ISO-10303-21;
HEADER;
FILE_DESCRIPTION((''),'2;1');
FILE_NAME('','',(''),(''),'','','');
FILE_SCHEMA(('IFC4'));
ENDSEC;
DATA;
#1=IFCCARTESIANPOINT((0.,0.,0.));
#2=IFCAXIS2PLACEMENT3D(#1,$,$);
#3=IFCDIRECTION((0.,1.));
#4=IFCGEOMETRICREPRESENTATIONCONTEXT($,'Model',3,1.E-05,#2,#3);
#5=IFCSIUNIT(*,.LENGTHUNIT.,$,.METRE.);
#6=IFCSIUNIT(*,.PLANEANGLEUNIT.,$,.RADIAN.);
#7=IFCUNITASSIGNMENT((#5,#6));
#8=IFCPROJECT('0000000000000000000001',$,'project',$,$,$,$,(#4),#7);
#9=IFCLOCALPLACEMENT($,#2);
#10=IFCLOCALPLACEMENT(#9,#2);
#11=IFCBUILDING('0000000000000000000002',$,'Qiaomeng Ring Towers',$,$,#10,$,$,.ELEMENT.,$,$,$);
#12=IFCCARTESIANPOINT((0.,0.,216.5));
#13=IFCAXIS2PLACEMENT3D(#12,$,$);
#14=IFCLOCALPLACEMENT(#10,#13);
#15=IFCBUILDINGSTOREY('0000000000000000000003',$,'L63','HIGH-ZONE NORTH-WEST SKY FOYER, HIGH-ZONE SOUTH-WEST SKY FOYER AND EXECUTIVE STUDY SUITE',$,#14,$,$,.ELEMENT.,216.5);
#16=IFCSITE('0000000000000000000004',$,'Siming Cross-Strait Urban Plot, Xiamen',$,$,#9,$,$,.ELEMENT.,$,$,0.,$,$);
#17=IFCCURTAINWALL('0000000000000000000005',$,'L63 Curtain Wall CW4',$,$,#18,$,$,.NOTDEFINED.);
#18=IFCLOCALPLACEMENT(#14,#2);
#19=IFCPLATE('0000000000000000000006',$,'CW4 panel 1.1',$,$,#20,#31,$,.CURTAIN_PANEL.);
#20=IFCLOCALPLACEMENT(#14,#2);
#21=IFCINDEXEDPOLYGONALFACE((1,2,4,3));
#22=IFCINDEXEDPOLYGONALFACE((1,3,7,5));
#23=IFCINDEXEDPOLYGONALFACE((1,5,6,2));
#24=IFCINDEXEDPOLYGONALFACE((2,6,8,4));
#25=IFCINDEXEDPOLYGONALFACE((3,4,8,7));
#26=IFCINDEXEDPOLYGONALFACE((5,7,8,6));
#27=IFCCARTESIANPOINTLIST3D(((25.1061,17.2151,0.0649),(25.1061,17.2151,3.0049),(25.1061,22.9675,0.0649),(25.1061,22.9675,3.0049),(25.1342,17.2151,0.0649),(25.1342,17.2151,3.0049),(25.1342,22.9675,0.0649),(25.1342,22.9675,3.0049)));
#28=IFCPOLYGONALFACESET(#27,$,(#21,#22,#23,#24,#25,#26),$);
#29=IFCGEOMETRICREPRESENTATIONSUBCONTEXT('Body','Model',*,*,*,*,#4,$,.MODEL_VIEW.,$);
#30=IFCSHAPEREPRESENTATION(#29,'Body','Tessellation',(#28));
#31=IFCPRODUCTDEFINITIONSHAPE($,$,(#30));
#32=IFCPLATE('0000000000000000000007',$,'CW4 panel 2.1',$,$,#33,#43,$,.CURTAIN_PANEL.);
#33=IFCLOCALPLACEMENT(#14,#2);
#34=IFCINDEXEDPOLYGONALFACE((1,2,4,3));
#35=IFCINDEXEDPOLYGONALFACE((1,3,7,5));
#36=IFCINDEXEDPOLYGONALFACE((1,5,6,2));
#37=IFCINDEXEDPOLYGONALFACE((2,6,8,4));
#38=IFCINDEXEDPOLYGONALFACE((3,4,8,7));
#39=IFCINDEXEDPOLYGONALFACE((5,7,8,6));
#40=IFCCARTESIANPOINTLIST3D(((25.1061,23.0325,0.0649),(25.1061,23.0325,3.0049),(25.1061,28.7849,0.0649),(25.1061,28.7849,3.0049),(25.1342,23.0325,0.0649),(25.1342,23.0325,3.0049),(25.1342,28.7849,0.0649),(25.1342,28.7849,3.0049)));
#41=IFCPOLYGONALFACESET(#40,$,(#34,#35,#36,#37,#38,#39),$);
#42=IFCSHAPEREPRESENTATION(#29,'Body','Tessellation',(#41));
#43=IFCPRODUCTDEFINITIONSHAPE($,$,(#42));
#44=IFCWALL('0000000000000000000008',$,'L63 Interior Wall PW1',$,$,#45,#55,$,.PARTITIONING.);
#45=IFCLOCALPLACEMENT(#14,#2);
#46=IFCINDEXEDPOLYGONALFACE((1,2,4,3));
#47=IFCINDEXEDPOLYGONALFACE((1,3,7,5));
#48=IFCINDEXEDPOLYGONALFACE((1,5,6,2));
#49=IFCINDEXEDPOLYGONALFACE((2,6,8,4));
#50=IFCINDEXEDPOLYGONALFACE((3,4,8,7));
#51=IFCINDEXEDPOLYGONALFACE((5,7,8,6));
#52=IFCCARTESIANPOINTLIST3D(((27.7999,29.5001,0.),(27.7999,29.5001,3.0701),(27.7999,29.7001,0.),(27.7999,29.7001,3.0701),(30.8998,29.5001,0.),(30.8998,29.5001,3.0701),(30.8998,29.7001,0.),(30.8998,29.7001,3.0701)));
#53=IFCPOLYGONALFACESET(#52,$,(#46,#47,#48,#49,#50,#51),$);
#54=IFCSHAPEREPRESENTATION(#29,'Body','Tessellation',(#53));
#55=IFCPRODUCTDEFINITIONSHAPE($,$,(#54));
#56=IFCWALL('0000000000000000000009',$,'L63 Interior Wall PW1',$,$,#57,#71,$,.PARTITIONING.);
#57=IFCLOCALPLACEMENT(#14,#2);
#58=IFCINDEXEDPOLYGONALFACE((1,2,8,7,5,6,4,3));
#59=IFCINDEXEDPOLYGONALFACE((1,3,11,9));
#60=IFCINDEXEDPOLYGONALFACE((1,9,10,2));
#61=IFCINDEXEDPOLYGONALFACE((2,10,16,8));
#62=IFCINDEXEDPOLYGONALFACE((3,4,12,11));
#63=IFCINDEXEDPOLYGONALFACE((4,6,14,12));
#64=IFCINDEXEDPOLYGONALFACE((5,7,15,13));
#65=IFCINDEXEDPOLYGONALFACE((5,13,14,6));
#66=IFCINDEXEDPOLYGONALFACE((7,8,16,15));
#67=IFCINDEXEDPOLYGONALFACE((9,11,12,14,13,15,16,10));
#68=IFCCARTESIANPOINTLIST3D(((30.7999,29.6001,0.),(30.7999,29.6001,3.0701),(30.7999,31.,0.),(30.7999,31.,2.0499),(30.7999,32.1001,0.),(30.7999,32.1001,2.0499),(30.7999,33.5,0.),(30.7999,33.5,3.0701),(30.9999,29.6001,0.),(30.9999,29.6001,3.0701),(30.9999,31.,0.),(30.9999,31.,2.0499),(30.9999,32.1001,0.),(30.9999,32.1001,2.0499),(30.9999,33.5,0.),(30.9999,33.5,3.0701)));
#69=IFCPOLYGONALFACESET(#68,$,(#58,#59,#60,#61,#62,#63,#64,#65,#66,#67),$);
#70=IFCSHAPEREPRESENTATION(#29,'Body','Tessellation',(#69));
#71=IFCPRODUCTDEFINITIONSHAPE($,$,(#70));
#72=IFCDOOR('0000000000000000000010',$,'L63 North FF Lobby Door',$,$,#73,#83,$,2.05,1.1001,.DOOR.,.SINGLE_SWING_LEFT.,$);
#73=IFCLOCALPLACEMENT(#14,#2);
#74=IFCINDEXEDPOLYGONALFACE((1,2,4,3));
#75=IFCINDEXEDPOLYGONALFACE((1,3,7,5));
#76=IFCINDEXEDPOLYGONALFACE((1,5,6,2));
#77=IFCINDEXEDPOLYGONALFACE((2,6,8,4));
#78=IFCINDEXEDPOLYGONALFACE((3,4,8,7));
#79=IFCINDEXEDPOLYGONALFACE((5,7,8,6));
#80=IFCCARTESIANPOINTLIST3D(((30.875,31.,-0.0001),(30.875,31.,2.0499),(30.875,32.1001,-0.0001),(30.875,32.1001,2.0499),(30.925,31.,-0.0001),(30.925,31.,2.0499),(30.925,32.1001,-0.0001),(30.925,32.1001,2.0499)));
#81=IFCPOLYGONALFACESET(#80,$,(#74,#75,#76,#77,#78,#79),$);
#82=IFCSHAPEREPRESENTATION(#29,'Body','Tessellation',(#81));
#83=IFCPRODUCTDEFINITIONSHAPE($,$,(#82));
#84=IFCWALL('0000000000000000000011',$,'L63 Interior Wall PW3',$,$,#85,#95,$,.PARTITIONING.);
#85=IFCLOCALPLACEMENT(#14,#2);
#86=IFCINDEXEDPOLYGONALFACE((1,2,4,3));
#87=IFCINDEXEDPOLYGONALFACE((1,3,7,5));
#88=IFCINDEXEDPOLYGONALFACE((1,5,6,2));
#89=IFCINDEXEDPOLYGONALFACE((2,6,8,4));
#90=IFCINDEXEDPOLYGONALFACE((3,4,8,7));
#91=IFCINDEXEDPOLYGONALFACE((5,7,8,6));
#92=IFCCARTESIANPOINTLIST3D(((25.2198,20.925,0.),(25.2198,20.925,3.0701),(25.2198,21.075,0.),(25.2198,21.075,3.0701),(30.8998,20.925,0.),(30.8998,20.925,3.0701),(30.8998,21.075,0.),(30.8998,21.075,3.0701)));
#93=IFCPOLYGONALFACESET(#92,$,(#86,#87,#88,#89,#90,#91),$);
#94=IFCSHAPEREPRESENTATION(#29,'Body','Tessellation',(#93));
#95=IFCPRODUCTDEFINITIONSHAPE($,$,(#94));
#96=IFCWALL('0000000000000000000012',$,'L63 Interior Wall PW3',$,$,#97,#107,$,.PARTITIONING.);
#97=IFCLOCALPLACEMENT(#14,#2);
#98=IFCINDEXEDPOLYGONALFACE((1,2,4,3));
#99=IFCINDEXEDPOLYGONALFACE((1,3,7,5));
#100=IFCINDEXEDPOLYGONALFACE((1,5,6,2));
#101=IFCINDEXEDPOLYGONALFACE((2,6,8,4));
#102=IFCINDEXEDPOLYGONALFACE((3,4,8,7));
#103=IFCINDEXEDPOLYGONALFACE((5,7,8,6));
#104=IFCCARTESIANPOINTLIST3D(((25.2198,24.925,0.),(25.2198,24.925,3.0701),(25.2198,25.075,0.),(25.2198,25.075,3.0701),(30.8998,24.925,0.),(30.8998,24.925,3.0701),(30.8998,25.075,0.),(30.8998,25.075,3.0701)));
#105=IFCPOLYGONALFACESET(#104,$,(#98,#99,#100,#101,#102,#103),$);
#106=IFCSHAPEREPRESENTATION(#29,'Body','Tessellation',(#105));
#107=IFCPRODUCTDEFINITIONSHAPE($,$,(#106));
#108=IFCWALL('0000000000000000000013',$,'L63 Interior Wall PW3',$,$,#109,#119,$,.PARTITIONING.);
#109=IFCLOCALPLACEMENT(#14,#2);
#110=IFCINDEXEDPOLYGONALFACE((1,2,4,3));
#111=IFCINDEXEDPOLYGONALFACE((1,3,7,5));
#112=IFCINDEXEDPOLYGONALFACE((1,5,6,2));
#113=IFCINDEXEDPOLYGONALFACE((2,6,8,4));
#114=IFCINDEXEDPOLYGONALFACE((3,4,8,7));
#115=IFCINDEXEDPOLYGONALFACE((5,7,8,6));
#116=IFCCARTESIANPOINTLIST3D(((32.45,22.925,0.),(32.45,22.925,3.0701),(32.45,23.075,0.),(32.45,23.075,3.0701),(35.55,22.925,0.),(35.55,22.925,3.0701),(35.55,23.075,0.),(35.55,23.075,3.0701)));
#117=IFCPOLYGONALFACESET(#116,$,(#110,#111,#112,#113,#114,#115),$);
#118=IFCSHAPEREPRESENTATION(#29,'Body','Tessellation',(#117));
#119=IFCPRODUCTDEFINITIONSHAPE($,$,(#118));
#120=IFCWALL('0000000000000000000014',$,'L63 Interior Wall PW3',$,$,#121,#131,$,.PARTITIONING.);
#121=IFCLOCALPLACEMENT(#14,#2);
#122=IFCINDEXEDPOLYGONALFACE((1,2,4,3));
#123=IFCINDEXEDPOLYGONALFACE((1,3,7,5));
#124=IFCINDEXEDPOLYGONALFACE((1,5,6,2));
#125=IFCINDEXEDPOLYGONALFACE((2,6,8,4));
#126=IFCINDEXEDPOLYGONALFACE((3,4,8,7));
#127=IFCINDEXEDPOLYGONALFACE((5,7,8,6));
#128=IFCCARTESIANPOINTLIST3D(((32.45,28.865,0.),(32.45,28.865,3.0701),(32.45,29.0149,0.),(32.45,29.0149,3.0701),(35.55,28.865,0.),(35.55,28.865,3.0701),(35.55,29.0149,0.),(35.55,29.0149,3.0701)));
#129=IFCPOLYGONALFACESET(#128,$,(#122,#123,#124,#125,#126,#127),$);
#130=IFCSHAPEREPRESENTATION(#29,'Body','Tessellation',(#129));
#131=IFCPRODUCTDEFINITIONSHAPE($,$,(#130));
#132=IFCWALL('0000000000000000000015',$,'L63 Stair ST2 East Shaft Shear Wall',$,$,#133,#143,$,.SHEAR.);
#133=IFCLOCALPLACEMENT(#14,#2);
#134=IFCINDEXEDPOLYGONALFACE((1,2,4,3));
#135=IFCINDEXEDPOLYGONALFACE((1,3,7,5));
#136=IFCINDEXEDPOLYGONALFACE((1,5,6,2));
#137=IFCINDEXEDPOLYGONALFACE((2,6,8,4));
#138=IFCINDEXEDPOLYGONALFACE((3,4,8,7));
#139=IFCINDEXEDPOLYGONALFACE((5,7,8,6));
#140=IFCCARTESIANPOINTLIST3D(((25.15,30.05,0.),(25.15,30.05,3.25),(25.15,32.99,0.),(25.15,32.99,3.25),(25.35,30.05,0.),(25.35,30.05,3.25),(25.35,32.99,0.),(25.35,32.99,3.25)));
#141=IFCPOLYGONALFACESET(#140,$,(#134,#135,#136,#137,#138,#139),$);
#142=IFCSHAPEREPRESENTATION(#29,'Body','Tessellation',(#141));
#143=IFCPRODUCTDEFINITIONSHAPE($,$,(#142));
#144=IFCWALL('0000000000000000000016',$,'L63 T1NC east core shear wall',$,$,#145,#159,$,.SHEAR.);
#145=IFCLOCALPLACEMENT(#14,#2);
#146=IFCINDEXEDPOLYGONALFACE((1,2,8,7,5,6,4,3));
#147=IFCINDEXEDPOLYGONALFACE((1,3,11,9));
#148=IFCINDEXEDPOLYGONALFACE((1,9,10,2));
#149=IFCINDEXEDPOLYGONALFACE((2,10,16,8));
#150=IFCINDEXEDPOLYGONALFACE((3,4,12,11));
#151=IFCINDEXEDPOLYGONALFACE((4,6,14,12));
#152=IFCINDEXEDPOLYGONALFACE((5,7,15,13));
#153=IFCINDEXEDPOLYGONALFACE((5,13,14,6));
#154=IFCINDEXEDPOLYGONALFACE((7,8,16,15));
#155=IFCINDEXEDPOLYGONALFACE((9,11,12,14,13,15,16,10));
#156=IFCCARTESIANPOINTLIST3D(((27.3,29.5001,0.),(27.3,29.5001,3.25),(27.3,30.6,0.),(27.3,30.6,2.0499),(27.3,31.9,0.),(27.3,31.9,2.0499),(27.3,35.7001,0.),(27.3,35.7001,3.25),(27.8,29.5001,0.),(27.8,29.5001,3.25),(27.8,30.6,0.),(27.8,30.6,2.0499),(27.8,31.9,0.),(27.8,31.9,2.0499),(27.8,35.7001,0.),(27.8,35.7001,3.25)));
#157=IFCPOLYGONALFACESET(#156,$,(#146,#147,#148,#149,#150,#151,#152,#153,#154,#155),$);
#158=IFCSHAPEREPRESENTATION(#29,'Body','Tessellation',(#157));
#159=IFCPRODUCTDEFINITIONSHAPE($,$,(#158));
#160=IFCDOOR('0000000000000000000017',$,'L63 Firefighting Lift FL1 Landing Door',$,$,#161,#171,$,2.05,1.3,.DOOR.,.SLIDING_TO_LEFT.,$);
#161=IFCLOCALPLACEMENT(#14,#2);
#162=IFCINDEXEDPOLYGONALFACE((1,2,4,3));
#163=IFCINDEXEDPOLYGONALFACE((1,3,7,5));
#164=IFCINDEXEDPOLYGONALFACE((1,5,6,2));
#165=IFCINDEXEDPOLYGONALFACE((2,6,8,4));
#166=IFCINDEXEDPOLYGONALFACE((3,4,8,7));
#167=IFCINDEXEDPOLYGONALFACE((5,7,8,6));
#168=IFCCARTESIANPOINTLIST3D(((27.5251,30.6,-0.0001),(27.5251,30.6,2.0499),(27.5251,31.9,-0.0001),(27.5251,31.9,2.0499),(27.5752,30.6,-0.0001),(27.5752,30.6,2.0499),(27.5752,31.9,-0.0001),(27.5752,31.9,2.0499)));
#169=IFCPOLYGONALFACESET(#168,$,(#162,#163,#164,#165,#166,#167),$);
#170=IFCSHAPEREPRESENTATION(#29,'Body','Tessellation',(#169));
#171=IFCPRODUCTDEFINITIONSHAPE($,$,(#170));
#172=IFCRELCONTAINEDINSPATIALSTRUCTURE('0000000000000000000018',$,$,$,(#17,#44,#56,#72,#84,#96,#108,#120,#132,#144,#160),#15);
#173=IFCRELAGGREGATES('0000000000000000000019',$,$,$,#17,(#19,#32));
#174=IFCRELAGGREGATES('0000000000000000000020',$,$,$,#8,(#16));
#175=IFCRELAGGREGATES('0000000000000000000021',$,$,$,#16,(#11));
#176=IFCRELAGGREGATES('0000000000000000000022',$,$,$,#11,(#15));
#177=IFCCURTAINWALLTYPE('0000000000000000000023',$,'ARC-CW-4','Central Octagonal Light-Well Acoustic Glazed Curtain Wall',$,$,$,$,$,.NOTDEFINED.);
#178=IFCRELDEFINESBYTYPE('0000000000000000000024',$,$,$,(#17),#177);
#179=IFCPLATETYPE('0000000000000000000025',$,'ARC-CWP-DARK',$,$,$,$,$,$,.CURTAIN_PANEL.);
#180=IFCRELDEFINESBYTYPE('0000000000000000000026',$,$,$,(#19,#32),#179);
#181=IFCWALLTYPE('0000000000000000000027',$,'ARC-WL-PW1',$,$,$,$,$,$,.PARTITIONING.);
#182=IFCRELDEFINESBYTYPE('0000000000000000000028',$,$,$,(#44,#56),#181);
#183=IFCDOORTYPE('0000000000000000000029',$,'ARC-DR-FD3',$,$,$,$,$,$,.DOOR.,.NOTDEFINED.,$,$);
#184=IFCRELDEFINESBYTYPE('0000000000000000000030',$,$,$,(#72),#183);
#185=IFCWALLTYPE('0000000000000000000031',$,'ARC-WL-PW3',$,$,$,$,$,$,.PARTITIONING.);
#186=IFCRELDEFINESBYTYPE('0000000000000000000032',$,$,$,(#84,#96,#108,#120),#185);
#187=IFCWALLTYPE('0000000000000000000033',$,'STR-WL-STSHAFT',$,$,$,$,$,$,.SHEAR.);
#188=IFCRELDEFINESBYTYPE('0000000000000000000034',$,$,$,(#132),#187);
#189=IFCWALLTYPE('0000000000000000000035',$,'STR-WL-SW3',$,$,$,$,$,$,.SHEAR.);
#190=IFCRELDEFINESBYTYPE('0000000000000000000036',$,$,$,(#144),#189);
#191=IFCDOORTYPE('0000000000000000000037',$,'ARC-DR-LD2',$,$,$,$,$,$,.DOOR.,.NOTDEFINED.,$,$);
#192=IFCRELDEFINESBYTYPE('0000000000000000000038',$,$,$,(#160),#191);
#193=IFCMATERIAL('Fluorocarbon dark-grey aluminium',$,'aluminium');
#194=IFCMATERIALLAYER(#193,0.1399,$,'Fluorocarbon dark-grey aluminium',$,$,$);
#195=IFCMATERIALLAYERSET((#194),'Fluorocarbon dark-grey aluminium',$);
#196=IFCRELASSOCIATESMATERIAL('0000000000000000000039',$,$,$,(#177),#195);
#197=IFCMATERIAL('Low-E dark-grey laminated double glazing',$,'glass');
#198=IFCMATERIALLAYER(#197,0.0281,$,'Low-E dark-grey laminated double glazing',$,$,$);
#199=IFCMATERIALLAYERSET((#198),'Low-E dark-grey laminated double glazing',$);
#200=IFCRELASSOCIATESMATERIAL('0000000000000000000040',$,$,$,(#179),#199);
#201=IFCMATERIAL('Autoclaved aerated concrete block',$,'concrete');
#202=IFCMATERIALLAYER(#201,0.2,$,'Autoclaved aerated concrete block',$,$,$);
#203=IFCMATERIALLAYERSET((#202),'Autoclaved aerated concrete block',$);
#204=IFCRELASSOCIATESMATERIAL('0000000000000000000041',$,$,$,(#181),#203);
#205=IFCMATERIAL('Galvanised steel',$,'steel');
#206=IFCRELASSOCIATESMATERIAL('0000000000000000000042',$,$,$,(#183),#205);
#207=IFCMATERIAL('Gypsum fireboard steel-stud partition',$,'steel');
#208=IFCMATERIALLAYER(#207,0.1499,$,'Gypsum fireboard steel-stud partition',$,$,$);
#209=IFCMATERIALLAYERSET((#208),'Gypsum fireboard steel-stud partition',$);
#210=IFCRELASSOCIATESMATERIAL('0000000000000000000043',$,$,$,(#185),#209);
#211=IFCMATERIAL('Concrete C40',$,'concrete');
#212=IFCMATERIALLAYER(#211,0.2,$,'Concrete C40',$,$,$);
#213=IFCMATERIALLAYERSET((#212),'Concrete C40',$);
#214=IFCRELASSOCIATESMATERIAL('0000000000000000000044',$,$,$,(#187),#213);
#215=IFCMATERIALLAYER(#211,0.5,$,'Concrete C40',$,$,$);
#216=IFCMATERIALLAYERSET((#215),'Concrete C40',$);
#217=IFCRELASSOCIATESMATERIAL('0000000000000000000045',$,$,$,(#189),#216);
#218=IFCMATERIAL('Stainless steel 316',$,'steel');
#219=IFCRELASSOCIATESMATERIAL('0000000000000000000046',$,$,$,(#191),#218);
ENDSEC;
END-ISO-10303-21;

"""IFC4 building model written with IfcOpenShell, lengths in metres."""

from ifc_helpers import new_model, si_unit, direction, frame, frame_2d, origin, origin_2d, place, context, subcontext, project, spatial, rectangle, extrude, source, transform, mapped, material, layer, layer_set, type_object, element, fill, aggregate, save


model = new_model("IFC4")

# Units and contexts
model_context = context("Model", 3, precision=1e-05, world=origin(), true_north=direction((0.0, 1.0)))
body_context = subcontext(model_context, "Body", "Model", "MODEL_VIEW")
ifc_project = project(units=[si_unit("LENGTHUNIT", "METRE"), si_unit("PLANEANGLEUNIT", "RADIAN")], contexts=[model_context])

# Site, building, storey
site_placement = place(None, origin())
site = spatial("IfcSite", under=ifc_project, at=site_placement, Name="Siming Cross-Strait Urban Plot, Xiamen", CompositionType="ELEMENT", RefElevation=0.0)
building_placement = place(site_placement, origin())
building = spatial("IfcBuilding", under=site, at=building_placement, Name="Qiaomeng Ring Towers", CompositionType="ELEMENT")
storey_placement = place(building_placement, frame((0.0, 0.0, 216.5)))
storey = spatial("IfcBuildingStorey", under=building, at=storey_placement, Name="L63", Description="HIGH-ZONE NORTH-WEST SKY FOYER, HIGH-ZONE SOUTH-WEST SKY FOYER AND EXECUTIVE STUDY SUITE", CompositionType="ELEMENT", Elevation=216.5)

# Shared definitions
ifc_material_1 = material(Name="Concrete C40", Category="concrete")

# Curtain wall
ifc_material_2 = material(Name="Fluorocarbon dark-grey aluminium", Category="aluminium")
ifc_layer_1 = layer(ifc_material_2, 0.1399, Name="Fluorocarbon dark-grey aluminium")
ifc_layer_set_1 = layer_set([ifc_layer_1], Name="Fluorocarbon dark-grey aluminium")
curtain_wall_type = type_object("IfcCurtainWallType", Name="ARC-CW-4", Description="Central Octagonal Light-Well Acoustic Glazed Curtain Wall", PredefinedType="NOTDEFINED", material=ifc_layer_set_1)
curtain_wall_placement = place(storey_placement, origin())
curtain_wall = element("IfcCurtainWall", 1, at=curtain_wall_placement, inside=storey, type_object=curtain_wall_type, Name="L63 Curtain Wall CW4", PredefinedType="NOTDEFINED")

# Shared definitions
ifc_material_3 = material(Name="Stainless steel 316", Category="steel")

# Plates
ifc_material_4 = material(Name="Low-E dark-grey laminated double glazing", Category="glass")
ifc_layer_2 = layer(ifc_material_4, 0.0281, Name="Low-E dark-grey laminated double glazing")
ifc_layer_set_2 = layer_set([ifc_layer_2], Name="Low-E dark-grey laminated double glazing")
plate_type = type_object("IfcPlateType", Name="ARC-CWP-DARK", PredefinedType="CURTAIN_PANEL", material=ifc_layer_set_2)
shared_shape_1 = source(origin(), body_context, "Body", "SweptSolid", [
    extrude(rectangle(XDim=5.7524, YDim=0.0281, at=origin_2d()), origin(), (0.0, 0.0, 1.0), 2.9399),
])
plate_1_placement = place(storey_placement, frame((25.1201, 20.0913, 0.0649), z_axis=(0.0, 0.0, 1.0), x_axis=(0.0, 1.0, 0.0)))
plate_1 = element("IfcPlate", 2, at=plate_1_placement, type_object=plate_type, Name="CW4 panel 1.1", PredefinedType="CURTAIN_PANEL", context=body_context, shape_type="MappedRepresentation", body=[
    mapped(shared_shape_1, transform((0.0, 0.0, 0.0), x_axis=(1.0, 0.0, 0.0), y_axis=(0.0, 1.0, 0.0), z_axis=(0.0, 0.0, 1.0), scale=1.0)),
])
plate_2_placement = place(storey_placement, frame((25.1201, 25.9087, 0.0649), z_axis=(0.0, 0.0, 1.0), x_axis=(0.0, 1.0, 0.0)))
plate_2 = element("IfcPlate", 3, at=plate_2_placement, type_object=plate_type, Name="CW4 panel 2.1", PredefinedType="CURTAIN_PANEL", context=body_context, shape_type="MappedRepresentation", body=[
    mapped(shared_shape_1, transform((0.0, 0.0, 0.0), x_axis=(1.0, 0.0, 0.0), y_axis=(0.0, 1.0, 0.0), z_axis=(0.0, 0.0, 1.0), scale=1.0)),
])
aggregate(curtain_wall, [plate_1, plate_2])

# Wall
ifc_material_5 = material(Name="Autoclaved aerated concrete block", Category="concrete")
ifc_layer_3 = layer(ifc_material_5, 0.2, Name="Autoclaved aerated concrete block")
ifc_layer_set_3 = layer_set([ifc_layer_3], Name="Autoclaved aerated concrete block")
wall_type_1 = type_object("IfcWallType", Name="ARC-WL-PW1", PredefinedType="PARTITIONING", material=ifc_layer_set_3)
wall_1_placement = place(storey_placement, frame((27.8, 29.6001, 0.0), z_axis=(0.0, 0.0, 1.0), x_axis=(1.0, 0.0, 0.0)))
element("IfcWall", 4, at=wall_1_placement, inside=storey, type_object=wall_type_1, Name="L63 Interior Wall PW1", PredefinedType="PARTITIONING", context=body_context, shape_type="SweptSolid", body=[
    extrude(rectangle(XDim=3.0999, YDim=0.2, at=frame_2d((1.5498, 0.0))), origin(), (0.0, 0.0, 1.0), 3.0701),
])

# Wall, opening, door
wall_2_placement = place(storey_placement, frame((30.8999, 29.6001, 0.0), z_axis=(0.0, 0.0, 1.0), x_axis=(0.0, 1.0, 0.0)))
wall_2 = element("IfcWall", 5, at=wall_2_placement, inside=storey, type_object=wall_type_1, Name="L63 Interior Wall PW1", PredefinedType="PARTITIONING", context=body_context, shape_type="SweptSolid", body=[
    extrude(rectangle(XDim=3.8999, YDim=0.2, at=frame_2d((1.95, 0.0))), origin(), (0.0, 0.0, 1.0), 3.0701),
])
opening_1_placement = place(wall_2_placement, frame((1.3999, 0.0, 0.0)))
opening_1 = element("IfcOpeningElement", 6, at=opening_1_placement, cuts=wall_2, PredefinedType="OPENING", context=body_context, shape_type="SweptSolid", body=[
    extrude(rectangle(XDim=1.1001, YDim=2.05, at=frame_2d((0.55, 1.0249))), frame((0.0, 0.1099, 0.0), z_axis=(0.0, -1.0, 0.0), x_axis=(1.0, 0.0, 0.0)), (0.0, 0.0, 1.0), 0.22),
])
ifc_material_6 = material(Name="Galvanised steel", Category="steel")
door_type_1 = type_object("IfcDoorType", Name="ARC-DR-FD3", OperationType="NOTDEFINED", PredefinedType="DOOR", material=ifc_material_6)
shared_shape_2 = source(origin(), body_context, "Body", "SweptSolid", [
    extrude(rectangle(XDim=1.1001, YDim=2.05, at=frame_2d((0.55, 1.0249))), frame((0.0, 0.0249, 0.0), z_axis=(0.0, -1.0, 0.0), x_axis=(1.0, 0.0, 0.0)), (0.0, 0.0, 1.0), 0.05),
])
door_1_placement = place(opening_1_placement, origin())
door_1 = element("IfcDoor", 7, at=door_1_placement, inside=storey, type_object=door_type_1, Name="L63 North FF Lobby Door", OperationType="SINGLE_SWING_LEFT", OverallHeight=2.05, OverallWidth=1.1001, PredefinedType="DOOR", context=body_context, shape_type="MappedRepresentation", body=[
    mapped(shared_shape_2, transform((0.0, 0.0, 0.0), x_axis=(1.0, 0.0, 0.0), y_axis=(0.0, 1.0, 0.0), z_axis=(0.0, 0.0, 1.0), scale=1.0)),
])
fill(opening_1, door_1)

# Walls
ifc_material_7 = material(Name="Gypsum fireboard steel-stud partition", Category="steel")
ifc_layer_4 = layer(ifc_material_7, 0.1499, Name="Gypsum fireboard steel-stud partition")
ifc_layer_set_4 = layer_set([ifc_layer_4], Name="Gypsum fireboard steel-stud partition")
wall_type_2 = type_object("IfcWallType", Name="ARC-WL-PW3", PredefinedType="PARTITIONING", material=ifc_layer_set_4)
for number, where, z_axis, x_axis, name in (
    (8, (25.22, 21.0, 0.0), (0.0, 0.0, 1.0), (1.0, 0.0, 0.0), "L63 Interior Wall PW3"),
    (9, (25.22, 25.0, 0.0), (0.0, 0.0, 1.0), (1.0, 0.0, 0.0), "L63 Interior Wall PW3"),
):
    element("IfcWall", number, at=place(storey_placement, frame(where, z_axis=z_axis, x_axis=x_axis)), inside=storey, type_object=wall_type_2, Name=name, PredefinedType="PARTITIONING", context=body_context, shape_type="SweptSolid", body=[
        extrude(rectangle(XDim=5.6799, YDim=0.1499, at=frame_2d((2.8398, 0.0))), origin(), (0.0, 0.0, 1.0), 3.0701),
    ])
for number, where, z_axis, x_axis, name in (
    (10, (32.45, 23.0, 0.0), (0.0, 0.0, 1.0), (1.0, 0.0, 0.0), "L63 Interior Wall PW3"),
    (11, (32.45, 28.9399, 0.0), (0.0, 0.0, 1.0), (1.0, 0.0, 0.0), "L63 Interior Wall PW3"),
):
    element("IfcWall", number, at=place(storey_placement, frame(where, z_axis=z_axis, x_axis=x_axis)), inside=storey, type_object=wall_type_2, Name=name, PredefinedType="PARTITIONING", context=body_context, shape_type="SweptSolid", body=[
        extrude(rectangle(XDim=3.1001, YDim=0.1499, at=frame_2d((1.55, 0.0))), origin(), (0.0, 0.0, 1.0), 3.0701),
    ])
ifc_layer_5 = layer(ifc_material_1, 0.2, Name="Concrete C40")
ifc_layer_set_5 = layer_set([ifc_layer_5], Name="Concrete C40")
wall_type_3 = type_object("IfcWallType", Name="STR-WL-STSHAFT", PredefinedType="SHEAR", material=ifc_layer_set_5)
wall_3_placement = place(storey_placement, frame((25.25, 30.05, 0.0), z_axis=(0.0, 0.0, 1.0), x_axis=(0.0, 1.0, 0.0)))
element("IfcWall", 12, at=wall_3_placement, inside=storey, type_object=wall_type_3, Name="L63 Stair ST2 East Shaft Shear Wall", PredefinedType="SHEAR", context=body_context, shape_type="SweptSolid", body=[
    extrude(rectangle(XDim=2.9399, YDim=0.2, at=frame_2d((1.47, 0.0))), origin(), (0.0, 0.0, 1.0), 3.25),
])

# Wall, opening, door
ifc_layer_6 = layer(ifc_material_1, 0.5, Name="Concrete C40")
ifc_layer_set_6 = layer_set([ifc_layer_6], Name="Concrete C40")
wall_type_4 = type_object("IfcWallType", Name="STR-WL-SW3", PredefinedType="SHEAR", material=ifc_layer_set_6)
wall_4_placement = place(storey_placement, frame((27.55, 29.5, 0.0), z_axis=(0.0, 0.0, 1.0), x_axis=(0.0, 1.0, 0.0)))
wall_4 = element("IfcWall", 13, at=wall_4_placement, inside=storey, type_object=wall_type_4, Name="L63 T1NC east core shear wall", PredefinedType="SHEAR", context=body_context, shape_type="SweptSolid", body=[
    extrude(rectangle(XDim=6.2, YDim=0.5, at=frame_2d((3.1001, 0.0))), origin(), (0.0, 0.0, 1.0), 3.25),
])
opening_2_placement = place(wall_4_placement, frame((1.1001, 0.0, 0.0)))
opening_2 = element("IfcOpeningElement", 14, at=opening_2_placement, cuts=wall_4, PredefinedType="OPENING", context=body_context, shape_type="SweptSolid", body=[
    extrude(rectangle(XDim=1.3, YDim=2.05, at=frame_2d((0.6499, 1.0249))), frame((0.0, 0.26, 0.0), z_axis=(0.0, -1.0, 0.0), x_axis=(1.0, 0.0, 0.0)), (0.0, 0.0, 1.0), 0.52),
])
door_type_2 = type_object("IfcDoorType", Name="ARC-DR-LD2", OperationType="NOTDEFINED", PredefinedType="DOOR", material=ifc_material_3)
shared_shape_3 = source(origin(), body_context, "Body", "SweptSolid", [
    extrude(rectangle(XDim=1.3, YDim=2.05, at=frame_2d((0.6499, 1.0249))), frame((0.0, 0.0249, 0.0), z_axis=(0.0, -1.0, 0.0), x_axis=(1.0, 0.0, 0.0)), (0.0, 0.0, 1.0), 0.05),
])
door_2_placement = place(opening_2_placement, origin())
door_2 = element("IfcDoor", 15, at=door_2_placement, inside=storey, type_object=door_type_2, Name="L63 Firefighting Lift FL1 Landing Door", OperationType="SLIDING_TO_LEFT", OverallHeight=2.05, OverallWidth=1.3, PredefinedType="DOOR", context=body_context, shape_type="MappedRepresentation", body=[
    mapped(shared_shape_3, transform((0.0, 0.0, 0.0), x_axis=(1.0, 0.0, 0.0), y_axis=(0.0, 1.0, 0.0), z_axis=(0.0, 0.0, 1.0), scale=1.0)),
])
fill(opening_2, door_2)

save(model, "model.ifc")
